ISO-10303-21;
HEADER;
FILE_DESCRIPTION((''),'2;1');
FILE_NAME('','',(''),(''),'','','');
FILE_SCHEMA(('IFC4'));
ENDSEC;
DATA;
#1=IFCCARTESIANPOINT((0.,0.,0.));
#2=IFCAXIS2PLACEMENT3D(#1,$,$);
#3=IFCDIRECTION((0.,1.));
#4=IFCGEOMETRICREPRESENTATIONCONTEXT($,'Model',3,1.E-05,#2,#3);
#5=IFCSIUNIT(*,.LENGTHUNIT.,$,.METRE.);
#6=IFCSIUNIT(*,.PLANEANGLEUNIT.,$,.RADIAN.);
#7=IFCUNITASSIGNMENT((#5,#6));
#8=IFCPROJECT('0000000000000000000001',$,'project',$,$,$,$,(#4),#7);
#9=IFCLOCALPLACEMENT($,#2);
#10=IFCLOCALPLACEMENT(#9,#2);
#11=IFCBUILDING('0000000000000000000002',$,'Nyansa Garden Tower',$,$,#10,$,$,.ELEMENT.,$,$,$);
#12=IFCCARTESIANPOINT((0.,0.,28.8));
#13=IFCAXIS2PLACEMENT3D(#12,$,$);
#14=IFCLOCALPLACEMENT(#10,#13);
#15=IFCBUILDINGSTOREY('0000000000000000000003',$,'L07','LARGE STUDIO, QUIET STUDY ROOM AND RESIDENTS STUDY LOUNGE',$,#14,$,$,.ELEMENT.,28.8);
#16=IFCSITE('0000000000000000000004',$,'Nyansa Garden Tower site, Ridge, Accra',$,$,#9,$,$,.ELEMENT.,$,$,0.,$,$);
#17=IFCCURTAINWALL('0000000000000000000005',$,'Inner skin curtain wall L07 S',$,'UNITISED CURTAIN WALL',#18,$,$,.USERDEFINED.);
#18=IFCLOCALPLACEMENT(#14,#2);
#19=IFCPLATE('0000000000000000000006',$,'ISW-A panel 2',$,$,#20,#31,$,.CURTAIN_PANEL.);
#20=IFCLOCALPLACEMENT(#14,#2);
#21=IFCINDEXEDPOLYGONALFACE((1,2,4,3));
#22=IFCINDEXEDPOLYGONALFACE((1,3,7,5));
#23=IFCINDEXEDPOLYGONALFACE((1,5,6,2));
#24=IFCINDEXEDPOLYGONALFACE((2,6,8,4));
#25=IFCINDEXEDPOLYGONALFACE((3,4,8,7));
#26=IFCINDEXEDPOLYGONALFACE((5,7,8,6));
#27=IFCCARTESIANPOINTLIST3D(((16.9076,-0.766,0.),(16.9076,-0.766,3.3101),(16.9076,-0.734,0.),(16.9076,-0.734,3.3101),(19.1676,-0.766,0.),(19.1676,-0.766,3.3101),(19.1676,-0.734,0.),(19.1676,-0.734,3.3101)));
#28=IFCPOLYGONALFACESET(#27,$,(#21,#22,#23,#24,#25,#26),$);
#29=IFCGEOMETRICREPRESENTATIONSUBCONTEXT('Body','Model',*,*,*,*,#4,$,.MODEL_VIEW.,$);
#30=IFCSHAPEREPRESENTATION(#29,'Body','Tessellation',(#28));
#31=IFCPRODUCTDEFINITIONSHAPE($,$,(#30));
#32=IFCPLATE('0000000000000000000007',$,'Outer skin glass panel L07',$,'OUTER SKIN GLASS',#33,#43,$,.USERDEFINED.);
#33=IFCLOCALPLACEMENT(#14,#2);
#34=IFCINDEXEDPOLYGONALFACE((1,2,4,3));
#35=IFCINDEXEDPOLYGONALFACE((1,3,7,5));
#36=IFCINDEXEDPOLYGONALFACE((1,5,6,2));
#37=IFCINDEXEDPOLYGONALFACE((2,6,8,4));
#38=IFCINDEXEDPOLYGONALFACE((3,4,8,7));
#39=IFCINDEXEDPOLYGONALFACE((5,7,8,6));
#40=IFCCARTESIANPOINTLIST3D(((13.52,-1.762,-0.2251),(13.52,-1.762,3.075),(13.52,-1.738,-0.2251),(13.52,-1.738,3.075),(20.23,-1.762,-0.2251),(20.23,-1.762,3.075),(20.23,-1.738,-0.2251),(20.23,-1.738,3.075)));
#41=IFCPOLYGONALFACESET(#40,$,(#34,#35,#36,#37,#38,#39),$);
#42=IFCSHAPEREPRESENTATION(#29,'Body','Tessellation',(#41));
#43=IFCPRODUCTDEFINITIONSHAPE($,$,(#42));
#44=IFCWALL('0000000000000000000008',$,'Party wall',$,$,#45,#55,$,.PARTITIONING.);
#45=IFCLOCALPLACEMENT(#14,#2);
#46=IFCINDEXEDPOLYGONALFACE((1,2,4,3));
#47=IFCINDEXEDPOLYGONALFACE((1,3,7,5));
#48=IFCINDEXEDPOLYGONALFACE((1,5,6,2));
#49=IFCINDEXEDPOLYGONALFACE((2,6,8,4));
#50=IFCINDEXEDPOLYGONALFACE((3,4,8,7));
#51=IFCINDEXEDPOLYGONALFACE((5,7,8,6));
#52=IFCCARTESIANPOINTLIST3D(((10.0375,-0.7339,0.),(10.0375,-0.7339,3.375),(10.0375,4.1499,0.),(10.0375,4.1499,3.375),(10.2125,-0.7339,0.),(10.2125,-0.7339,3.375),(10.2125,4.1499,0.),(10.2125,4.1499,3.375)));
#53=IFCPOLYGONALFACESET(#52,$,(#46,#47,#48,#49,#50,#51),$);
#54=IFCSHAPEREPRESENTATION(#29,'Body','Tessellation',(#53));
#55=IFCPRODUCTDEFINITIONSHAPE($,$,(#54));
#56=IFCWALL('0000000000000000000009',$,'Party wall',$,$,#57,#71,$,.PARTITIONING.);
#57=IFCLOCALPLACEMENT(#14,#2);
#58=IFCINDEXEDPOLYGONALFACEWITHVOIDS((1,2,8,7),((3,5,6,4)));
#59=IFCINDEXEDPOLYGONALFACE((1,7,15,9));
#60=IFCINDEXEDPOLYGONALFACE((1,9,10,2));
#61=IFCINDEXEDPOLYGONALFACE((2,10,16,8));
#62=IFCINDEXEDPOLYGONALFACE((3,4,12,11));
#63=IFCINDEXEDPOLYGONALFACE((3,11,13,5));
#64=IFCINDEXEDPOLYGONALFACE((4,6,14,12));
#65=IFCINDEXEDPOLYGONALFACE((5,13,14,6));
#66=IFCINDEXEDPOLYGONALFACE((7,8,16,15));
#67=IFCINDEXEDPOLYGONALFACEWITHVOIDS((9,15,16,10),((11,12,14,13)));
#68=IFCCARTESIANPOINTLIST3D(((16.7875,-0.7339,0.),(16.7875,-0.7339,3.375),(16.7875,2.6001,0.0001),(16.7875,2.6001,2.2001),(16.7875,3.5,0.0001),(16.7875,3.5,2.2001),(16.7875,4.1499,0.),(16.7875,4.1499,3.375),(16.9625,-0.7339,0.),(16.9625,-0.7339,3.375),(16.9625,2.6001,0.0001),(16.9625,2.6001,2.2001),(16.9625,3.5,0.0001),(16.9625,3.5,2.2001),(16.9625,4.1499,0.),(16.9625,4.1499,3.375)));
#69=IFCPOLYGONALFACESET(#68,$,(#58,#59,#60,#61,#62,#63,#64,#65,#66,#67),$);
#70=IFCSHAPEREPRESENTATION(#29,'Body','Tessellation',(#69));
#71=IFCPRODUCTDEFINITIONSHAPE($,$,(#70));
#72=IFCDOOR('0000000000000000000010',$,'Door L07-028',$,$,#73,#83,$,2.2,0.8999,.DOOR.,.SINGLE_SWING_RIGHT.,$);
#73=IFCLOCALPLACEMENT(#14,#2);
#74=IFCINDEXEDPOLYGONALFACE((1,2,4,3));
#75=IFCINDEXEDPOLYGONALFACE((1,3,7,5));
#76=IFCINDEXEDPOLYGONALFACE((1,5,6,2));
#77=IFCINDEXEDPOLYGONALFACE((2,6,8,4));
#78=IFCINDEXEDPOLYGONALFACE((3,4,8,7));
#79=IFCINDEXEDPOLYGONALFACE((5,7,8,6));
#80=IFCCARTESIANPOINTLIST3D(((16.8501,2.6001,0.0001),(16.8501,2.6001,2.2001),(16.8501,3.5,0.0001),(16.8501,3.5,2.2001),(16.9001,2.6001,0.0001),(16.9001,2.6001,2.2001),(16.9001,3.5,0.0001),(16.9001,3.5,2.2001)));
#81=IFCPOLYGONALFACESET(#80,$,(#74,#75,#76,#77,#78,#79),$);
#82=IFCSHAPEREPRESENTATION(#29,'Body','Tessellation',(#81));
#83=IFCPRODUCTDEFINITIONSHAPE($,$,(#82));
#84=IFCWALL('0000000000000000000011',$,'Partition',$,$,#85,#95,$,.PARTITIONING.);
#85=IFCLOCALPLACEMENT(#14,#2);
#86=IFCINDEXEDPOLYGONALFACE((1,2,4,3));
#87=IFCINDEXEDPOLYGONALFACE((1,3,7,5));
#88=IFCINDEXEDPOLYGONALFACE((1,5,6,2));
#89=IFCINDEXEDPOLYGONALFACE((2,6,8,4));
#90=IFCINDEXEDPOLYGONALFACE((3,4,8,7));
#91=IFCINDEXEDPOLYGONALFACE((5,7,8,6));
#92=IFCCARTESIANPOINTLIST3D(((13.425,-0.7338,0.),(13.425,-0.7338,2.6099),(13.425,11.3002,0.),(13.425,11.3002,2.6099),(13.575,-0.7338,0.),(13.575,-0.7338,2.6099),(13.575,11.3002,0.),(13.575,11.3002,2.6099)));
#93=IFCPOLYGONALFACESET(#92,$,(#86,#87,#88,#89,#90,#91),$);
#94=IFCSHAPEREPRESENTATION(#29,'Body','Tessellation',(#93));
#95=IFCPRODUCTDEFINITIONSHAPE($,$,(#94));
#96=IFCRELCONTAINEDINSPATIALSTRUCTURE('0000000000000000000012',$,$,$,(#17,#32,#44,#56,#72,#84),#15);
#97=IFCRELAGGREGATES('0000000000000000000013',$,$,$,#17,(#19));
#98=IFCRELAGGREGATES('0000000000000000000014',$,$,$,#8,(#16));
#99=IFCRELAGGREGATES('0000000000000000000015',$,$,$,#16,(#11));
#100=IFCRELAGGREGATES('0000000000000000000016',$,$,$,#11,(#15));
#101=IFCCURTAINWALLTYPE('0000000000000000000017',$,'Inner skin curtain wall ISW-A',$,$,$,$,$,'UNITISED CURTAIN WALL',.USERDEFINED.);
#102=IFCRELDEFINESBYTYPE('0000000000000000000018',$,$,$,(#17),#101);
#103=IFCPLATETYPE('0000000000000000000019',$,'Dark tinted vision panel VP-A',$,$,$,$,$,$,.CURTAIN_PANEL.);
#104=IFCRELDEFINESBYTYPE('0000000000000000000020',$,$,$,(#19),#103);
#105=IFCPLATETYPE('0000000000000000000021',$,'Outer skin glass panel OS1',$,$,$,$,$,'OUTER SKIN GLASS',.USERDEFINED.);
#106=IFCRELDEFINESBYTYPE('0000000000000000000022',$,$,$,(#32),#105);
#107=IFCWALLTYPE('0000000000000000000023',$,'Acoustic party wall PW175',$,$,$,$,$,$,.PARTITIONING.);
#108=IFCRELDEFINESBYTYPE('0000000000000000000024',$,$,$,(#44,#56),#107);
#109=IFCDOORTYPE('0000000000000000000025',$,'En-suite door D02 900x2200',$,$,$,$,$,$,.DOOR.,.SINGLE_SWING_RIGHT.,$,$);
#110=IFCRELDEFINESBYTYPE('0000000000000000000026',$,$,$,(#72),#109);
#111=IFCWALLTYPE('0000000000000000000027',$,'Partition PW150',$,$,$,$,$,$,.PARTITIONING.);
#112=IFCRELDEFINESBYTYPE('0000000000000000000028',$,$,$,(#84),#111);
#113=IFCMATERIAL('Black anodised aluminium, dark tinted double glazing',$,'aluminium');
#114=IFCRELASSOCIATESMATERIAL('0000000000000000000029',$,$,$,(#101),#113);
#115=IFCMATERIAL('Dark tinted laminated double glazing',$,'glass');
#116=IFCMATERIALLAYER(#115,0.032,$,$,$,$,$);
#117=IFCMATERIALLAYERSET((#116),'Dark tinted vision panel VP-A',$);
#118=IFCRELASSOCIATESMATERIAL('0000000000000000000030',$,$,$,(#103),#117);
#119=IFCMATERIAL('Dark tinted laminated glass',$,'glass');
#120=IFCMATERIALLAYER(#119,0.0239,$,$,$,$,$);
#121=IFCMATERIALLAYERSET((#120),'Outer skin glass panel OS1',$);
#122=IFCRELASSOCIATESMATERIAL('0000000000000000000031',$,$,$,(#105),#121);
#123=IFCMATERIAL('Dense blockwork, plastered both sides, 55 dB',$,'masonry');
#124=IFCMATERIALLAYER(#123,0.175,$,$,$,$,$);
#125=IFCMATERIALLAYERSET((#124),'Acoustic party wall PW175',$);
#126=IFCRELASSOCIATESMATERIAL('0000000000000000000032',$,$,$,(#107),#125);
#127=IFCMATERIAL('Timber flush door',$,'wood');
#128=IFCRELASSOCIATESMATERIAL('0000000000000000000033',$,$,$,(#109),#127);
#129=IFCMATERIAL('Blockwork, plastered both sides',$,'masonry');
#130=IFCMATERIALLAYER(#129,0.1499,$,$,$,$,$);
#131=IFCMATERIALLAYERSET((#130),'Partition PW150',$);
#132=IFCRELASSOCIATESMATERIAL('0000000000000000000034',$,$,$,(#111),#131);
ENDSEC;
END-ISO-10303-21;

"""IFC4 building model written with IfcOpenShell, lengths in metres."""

from ifc_helpers import new_model, si_unit, direction, frame, frame_2d, origin, origin_2d, place, context, subcontext, project, spatial, rectangle, extrude, material, layer, layer_set, type_object, element, fill, aggregate, save


model = new_model("IFC4")

# Units and contexts
model_context = context("Model", 3, precision=1e-05, world=origin(), true_north=direction((0.0, 1.0)))
body_context = subcontext(model_context, "Body", "Model", "MODEL_VIEW")
ifc_project = project(units=[si_unit("LENGTHUNIT", "METRE"), si_unit("PLANEANGLEUNIT", "RADIAN")], contexts=[model_context])

# Site, building, storey
site_placement = place(None, origin())
site = spatial("IfcSite", under=ifc_project, at=site_placement, Name="Nyansa Garden Tower site, Ridge, Accra", CompositionType="ELEMENT", RefElevation=0.0)
building_placement = place(site_placement, origin())
building = spatial("IfcBuilding", under=site, at=building_placement, Name="Nyansa Garden Tower", CompositionType="ELEMENT")
storey_placement = place(building_placement, frame((0.0, 0.0, 28.8)))
storey = spatial("IfcBuildingStorey", under=building, at=storey_placement, Name="L07", Description="LARGE STUDIO, QUIET STUDY ROOM AND RESIDENTS STUDY LOUNGE", CompositionType="ELEMENT", Elevation=28.8)

# Curtain wall
ifc_material_1 = material(Name="Black anodised aluminium, dark tinted double glazing", Category="aluminium")
curtain_wall_type = type_object("IfcCurtainWallType", Name="Inner skin curtain wall ISW-A", ElementType="UNITISED CURTAIN WALL", PredefinedType="USERDEFINED", material=ifc_material_1)
curtain_wall_1_placement = place(storey_placement, origin())
curtain_wall_1 = element("IfcCurtainWall", 1, at=curtain_wall_1_placement, inside=storey, type_object=curtain_wall_type, Name="Inner skin curtain wall L07 S", ObjectType="UNITISED CURTAIN WALL", PredefinedType="USERDEFINED")

# Plates
ifc_material_2 = material(Name="Dark tinted laminated double glazing", Category="glass")
ifc_layer_1 = layer(ifc_material_2, 0.032)
ifc_layer_set_1 = layer_set([ifc_layer_1], Name="Dark tinted vision panel VP-A")
plate_type_1 = type_object("IfcPlateType", Name="Dark tinted vision panel VP-A", PredefinedType="CURTAIN_PANEL", material=ifc_layer_set_1)
plate_1_placement = place(storey_placement, frame((18.0376, -0.75, 0.0), z_axis=(0.0, 0.0, 1.0), x_axis=(1.0, 0.0, 0.0)))
plate_1 = element("IfcPlate", 2, at=plate_1_placement, type_object=plate_type_1, Name="ISW-A panel 2", PredefinedType="CURTAIN_PANEL", context=body_context, shape_type="SweptSolid", body=[
    extrude(rectangle(XDim=2.26, YDim=0.032, at=origin_2d()), origin(), (0.0, 0.0, 1.0), 3.3101),
])
aggregate(curtain_wall_1, [plate_1])
ifc_material_3 = material(Name="Dark tinted laminated glass", Category="glass")
ifc_layer_2 = layer(ifc_material_3, 0.0239)
ifc_layer_set_2 = layer_set([ifc_layer_2], Name="Outer skin glass panel OS1")
plate_type_2 = type_object("IfcPlateType", Name="Outer skin glass panel OS1", ElementType="OUTER SKIN GLASS", PredefinedType="USERDEFINED", material=ifc_layer_set_2)
plate_2_placement = place(storey_placement, frame((16.875, -1.75, -0.2251), z_axis=(0.0, 0.0, 1.0), x_axis=(1.0, 0.0, 0.0)))
element("IfcPlate", 3, at=plate_2_placement, inside=storey, type_object=plate_type_2, Name="Outer skin glass panel L07", ObjectType="OUTER SKIN GLASS", PredefinedType="USERDEFINED", context=body_context, shape_type="SweptSolid", body=[
    extrude(rectangle(XDim=6.71, YDim=0.0239, at=origin_2d()), origin(), (0.0, 0.0, 1.0), 3.3),
])

# Wall
ifc_material_4 = material(Name="Dense blockwork, plastered both sides, 55 dB", Category="masonry")
ifc_layer_3 = layer(ifc_material_4, 0.175)
ifc_layer_set_3 = layer_set([ifc_layer_3], Name="Acoustic party wall PW175")
wall_type_1 = type_object("IfcWallType", Name="Acoustic party wall PW175", PredefinedType="PARTITIONING", material=ifc_layer_set_3)
wall_1_placement = place(storey_placement, frame((10.125, -0.7339, 0.0), z_axis=(0.0, 0.0, 1.0), x_axis=(0.0, 1.0, 0.0)))
element("IfcWall", 4, at=wall_1_placement, inside=storey, type_object=wall_type_1, Name="Party wall", PredefinedType="PARTITIONING", context=body_context, shape_type="SweptSolid", body=[
    extrude(rectangle(XDim=4.8838, YDim=0.175, at=frame_2d((2.4419, 0.0))), origin(), (0.0, 0.0, 1.0), 3.375),
])

# Wall, opening, door
wall_2_placement = place(storey_placement, frame((16.875, -0.7339, 0.0), z_axis=(0.0, 0.0, 1.0), x_axis=(0.0, 1.0, 0.0)))
wall_2 = element("IfcWall", 5, at=wall_2_placement, inside=storey, type_object=wall_type_1, Name="Party wall", PredefinedType="PARTITIONING", context=body_context, shape_type="SweptSolid", body=[
    extrude(rectangle(XDim=4.8838, YDim=0.175, at=frame_2d((2.4419, 0.0))), origin(), (0.0, 0.0, 1.0), 3.375),
])
opening_placement = place(wall_2_placement, frame((3.334, 0.0, 0.0)))
opening = element("IfcOpeningElement", 6, at=opening_placement, cuts=wall_2, PredefinedType="OPENING", context=body_context, shape_type="SweptSolid", body=[
    extrude(rectangle(XDim=0.8999, YDim=2.2, at=frame_2d((0.45, 1.1001))), frame((0.0, 0.0974, 0.0), z_axis=(0.0, -1.0, 0.0), x_axis=(1.0, 0.0, 0.0)), (0.0, 0.0, 1.0), 0.1951),
])
ifc_material_5 = material(Name="Timber flush door", Category="wood")
door_type = type_object("IfcDoorType", Name="En-suite door D02 900x2200", OperationType="SINGLE_SWING_RIGHT", PredefinedType="DOOR", material=ifc_material_5)
door_placement = place(opening_placement, origin())
door = element("IfcDoor", 7, at=door_placement, inside=storey, type_object=door_type, Name="Door L07-028", OperationType="SINGLE_SWING_RIGHT", OverallHeight=2.2, OverallWidth=0.8999, PredefinedType="DOOR", context=body_context, shape_type="SweptSolid", body=[
    extrude(rectangle(XDim=0.8999, YDim=2.2, at=frame_2d((0.45, 1.1001))), frame((0.0, 0.0249, 0.0), z_axis=(0.0, -1.0, 0.0), x_axis=(1.0, 0.0, 0.0)), (0.0, 0.0, 1.0), 0.05),
])
fill(opening, door)

# Wall
ifc_material_6 = material(Name="Blockwork, plastered both sides", Category="masonry")
ifc_layer_4 = layer(ifc_material_6, 0.1499)
ifc_layer_set_4 = layer_set([ifc_layer_4], Name="Partition PW150")
wall_type_2 = type_object("IfcWallType", Name="Partition PW150", PredefinedType="PARTITIONING", material=ifc_layer_set_4)
wall_3_placement = place(storey_placement, frame((13.5, -0.7339, 0.0), z_axis=(0.0, 0.0, 1.0), x_axis=(0.0, 1.0, 0.0)))
element("IfcWall", 8, at=wall_3_placement, inside=storey, type_object=wall_type_2, Name="Partition", PredefinedType="PARTITIONING", context=body_context, shape_type="SweptSolid", body=[
    extrude(rectangle(XDim=12.0339, YDim=0.1499, at=frame_2d((6.0171, 0.0))), origin(), (0.0, 0.0, 1.0), 2.6099),
])

save(model, "model.ifc")
